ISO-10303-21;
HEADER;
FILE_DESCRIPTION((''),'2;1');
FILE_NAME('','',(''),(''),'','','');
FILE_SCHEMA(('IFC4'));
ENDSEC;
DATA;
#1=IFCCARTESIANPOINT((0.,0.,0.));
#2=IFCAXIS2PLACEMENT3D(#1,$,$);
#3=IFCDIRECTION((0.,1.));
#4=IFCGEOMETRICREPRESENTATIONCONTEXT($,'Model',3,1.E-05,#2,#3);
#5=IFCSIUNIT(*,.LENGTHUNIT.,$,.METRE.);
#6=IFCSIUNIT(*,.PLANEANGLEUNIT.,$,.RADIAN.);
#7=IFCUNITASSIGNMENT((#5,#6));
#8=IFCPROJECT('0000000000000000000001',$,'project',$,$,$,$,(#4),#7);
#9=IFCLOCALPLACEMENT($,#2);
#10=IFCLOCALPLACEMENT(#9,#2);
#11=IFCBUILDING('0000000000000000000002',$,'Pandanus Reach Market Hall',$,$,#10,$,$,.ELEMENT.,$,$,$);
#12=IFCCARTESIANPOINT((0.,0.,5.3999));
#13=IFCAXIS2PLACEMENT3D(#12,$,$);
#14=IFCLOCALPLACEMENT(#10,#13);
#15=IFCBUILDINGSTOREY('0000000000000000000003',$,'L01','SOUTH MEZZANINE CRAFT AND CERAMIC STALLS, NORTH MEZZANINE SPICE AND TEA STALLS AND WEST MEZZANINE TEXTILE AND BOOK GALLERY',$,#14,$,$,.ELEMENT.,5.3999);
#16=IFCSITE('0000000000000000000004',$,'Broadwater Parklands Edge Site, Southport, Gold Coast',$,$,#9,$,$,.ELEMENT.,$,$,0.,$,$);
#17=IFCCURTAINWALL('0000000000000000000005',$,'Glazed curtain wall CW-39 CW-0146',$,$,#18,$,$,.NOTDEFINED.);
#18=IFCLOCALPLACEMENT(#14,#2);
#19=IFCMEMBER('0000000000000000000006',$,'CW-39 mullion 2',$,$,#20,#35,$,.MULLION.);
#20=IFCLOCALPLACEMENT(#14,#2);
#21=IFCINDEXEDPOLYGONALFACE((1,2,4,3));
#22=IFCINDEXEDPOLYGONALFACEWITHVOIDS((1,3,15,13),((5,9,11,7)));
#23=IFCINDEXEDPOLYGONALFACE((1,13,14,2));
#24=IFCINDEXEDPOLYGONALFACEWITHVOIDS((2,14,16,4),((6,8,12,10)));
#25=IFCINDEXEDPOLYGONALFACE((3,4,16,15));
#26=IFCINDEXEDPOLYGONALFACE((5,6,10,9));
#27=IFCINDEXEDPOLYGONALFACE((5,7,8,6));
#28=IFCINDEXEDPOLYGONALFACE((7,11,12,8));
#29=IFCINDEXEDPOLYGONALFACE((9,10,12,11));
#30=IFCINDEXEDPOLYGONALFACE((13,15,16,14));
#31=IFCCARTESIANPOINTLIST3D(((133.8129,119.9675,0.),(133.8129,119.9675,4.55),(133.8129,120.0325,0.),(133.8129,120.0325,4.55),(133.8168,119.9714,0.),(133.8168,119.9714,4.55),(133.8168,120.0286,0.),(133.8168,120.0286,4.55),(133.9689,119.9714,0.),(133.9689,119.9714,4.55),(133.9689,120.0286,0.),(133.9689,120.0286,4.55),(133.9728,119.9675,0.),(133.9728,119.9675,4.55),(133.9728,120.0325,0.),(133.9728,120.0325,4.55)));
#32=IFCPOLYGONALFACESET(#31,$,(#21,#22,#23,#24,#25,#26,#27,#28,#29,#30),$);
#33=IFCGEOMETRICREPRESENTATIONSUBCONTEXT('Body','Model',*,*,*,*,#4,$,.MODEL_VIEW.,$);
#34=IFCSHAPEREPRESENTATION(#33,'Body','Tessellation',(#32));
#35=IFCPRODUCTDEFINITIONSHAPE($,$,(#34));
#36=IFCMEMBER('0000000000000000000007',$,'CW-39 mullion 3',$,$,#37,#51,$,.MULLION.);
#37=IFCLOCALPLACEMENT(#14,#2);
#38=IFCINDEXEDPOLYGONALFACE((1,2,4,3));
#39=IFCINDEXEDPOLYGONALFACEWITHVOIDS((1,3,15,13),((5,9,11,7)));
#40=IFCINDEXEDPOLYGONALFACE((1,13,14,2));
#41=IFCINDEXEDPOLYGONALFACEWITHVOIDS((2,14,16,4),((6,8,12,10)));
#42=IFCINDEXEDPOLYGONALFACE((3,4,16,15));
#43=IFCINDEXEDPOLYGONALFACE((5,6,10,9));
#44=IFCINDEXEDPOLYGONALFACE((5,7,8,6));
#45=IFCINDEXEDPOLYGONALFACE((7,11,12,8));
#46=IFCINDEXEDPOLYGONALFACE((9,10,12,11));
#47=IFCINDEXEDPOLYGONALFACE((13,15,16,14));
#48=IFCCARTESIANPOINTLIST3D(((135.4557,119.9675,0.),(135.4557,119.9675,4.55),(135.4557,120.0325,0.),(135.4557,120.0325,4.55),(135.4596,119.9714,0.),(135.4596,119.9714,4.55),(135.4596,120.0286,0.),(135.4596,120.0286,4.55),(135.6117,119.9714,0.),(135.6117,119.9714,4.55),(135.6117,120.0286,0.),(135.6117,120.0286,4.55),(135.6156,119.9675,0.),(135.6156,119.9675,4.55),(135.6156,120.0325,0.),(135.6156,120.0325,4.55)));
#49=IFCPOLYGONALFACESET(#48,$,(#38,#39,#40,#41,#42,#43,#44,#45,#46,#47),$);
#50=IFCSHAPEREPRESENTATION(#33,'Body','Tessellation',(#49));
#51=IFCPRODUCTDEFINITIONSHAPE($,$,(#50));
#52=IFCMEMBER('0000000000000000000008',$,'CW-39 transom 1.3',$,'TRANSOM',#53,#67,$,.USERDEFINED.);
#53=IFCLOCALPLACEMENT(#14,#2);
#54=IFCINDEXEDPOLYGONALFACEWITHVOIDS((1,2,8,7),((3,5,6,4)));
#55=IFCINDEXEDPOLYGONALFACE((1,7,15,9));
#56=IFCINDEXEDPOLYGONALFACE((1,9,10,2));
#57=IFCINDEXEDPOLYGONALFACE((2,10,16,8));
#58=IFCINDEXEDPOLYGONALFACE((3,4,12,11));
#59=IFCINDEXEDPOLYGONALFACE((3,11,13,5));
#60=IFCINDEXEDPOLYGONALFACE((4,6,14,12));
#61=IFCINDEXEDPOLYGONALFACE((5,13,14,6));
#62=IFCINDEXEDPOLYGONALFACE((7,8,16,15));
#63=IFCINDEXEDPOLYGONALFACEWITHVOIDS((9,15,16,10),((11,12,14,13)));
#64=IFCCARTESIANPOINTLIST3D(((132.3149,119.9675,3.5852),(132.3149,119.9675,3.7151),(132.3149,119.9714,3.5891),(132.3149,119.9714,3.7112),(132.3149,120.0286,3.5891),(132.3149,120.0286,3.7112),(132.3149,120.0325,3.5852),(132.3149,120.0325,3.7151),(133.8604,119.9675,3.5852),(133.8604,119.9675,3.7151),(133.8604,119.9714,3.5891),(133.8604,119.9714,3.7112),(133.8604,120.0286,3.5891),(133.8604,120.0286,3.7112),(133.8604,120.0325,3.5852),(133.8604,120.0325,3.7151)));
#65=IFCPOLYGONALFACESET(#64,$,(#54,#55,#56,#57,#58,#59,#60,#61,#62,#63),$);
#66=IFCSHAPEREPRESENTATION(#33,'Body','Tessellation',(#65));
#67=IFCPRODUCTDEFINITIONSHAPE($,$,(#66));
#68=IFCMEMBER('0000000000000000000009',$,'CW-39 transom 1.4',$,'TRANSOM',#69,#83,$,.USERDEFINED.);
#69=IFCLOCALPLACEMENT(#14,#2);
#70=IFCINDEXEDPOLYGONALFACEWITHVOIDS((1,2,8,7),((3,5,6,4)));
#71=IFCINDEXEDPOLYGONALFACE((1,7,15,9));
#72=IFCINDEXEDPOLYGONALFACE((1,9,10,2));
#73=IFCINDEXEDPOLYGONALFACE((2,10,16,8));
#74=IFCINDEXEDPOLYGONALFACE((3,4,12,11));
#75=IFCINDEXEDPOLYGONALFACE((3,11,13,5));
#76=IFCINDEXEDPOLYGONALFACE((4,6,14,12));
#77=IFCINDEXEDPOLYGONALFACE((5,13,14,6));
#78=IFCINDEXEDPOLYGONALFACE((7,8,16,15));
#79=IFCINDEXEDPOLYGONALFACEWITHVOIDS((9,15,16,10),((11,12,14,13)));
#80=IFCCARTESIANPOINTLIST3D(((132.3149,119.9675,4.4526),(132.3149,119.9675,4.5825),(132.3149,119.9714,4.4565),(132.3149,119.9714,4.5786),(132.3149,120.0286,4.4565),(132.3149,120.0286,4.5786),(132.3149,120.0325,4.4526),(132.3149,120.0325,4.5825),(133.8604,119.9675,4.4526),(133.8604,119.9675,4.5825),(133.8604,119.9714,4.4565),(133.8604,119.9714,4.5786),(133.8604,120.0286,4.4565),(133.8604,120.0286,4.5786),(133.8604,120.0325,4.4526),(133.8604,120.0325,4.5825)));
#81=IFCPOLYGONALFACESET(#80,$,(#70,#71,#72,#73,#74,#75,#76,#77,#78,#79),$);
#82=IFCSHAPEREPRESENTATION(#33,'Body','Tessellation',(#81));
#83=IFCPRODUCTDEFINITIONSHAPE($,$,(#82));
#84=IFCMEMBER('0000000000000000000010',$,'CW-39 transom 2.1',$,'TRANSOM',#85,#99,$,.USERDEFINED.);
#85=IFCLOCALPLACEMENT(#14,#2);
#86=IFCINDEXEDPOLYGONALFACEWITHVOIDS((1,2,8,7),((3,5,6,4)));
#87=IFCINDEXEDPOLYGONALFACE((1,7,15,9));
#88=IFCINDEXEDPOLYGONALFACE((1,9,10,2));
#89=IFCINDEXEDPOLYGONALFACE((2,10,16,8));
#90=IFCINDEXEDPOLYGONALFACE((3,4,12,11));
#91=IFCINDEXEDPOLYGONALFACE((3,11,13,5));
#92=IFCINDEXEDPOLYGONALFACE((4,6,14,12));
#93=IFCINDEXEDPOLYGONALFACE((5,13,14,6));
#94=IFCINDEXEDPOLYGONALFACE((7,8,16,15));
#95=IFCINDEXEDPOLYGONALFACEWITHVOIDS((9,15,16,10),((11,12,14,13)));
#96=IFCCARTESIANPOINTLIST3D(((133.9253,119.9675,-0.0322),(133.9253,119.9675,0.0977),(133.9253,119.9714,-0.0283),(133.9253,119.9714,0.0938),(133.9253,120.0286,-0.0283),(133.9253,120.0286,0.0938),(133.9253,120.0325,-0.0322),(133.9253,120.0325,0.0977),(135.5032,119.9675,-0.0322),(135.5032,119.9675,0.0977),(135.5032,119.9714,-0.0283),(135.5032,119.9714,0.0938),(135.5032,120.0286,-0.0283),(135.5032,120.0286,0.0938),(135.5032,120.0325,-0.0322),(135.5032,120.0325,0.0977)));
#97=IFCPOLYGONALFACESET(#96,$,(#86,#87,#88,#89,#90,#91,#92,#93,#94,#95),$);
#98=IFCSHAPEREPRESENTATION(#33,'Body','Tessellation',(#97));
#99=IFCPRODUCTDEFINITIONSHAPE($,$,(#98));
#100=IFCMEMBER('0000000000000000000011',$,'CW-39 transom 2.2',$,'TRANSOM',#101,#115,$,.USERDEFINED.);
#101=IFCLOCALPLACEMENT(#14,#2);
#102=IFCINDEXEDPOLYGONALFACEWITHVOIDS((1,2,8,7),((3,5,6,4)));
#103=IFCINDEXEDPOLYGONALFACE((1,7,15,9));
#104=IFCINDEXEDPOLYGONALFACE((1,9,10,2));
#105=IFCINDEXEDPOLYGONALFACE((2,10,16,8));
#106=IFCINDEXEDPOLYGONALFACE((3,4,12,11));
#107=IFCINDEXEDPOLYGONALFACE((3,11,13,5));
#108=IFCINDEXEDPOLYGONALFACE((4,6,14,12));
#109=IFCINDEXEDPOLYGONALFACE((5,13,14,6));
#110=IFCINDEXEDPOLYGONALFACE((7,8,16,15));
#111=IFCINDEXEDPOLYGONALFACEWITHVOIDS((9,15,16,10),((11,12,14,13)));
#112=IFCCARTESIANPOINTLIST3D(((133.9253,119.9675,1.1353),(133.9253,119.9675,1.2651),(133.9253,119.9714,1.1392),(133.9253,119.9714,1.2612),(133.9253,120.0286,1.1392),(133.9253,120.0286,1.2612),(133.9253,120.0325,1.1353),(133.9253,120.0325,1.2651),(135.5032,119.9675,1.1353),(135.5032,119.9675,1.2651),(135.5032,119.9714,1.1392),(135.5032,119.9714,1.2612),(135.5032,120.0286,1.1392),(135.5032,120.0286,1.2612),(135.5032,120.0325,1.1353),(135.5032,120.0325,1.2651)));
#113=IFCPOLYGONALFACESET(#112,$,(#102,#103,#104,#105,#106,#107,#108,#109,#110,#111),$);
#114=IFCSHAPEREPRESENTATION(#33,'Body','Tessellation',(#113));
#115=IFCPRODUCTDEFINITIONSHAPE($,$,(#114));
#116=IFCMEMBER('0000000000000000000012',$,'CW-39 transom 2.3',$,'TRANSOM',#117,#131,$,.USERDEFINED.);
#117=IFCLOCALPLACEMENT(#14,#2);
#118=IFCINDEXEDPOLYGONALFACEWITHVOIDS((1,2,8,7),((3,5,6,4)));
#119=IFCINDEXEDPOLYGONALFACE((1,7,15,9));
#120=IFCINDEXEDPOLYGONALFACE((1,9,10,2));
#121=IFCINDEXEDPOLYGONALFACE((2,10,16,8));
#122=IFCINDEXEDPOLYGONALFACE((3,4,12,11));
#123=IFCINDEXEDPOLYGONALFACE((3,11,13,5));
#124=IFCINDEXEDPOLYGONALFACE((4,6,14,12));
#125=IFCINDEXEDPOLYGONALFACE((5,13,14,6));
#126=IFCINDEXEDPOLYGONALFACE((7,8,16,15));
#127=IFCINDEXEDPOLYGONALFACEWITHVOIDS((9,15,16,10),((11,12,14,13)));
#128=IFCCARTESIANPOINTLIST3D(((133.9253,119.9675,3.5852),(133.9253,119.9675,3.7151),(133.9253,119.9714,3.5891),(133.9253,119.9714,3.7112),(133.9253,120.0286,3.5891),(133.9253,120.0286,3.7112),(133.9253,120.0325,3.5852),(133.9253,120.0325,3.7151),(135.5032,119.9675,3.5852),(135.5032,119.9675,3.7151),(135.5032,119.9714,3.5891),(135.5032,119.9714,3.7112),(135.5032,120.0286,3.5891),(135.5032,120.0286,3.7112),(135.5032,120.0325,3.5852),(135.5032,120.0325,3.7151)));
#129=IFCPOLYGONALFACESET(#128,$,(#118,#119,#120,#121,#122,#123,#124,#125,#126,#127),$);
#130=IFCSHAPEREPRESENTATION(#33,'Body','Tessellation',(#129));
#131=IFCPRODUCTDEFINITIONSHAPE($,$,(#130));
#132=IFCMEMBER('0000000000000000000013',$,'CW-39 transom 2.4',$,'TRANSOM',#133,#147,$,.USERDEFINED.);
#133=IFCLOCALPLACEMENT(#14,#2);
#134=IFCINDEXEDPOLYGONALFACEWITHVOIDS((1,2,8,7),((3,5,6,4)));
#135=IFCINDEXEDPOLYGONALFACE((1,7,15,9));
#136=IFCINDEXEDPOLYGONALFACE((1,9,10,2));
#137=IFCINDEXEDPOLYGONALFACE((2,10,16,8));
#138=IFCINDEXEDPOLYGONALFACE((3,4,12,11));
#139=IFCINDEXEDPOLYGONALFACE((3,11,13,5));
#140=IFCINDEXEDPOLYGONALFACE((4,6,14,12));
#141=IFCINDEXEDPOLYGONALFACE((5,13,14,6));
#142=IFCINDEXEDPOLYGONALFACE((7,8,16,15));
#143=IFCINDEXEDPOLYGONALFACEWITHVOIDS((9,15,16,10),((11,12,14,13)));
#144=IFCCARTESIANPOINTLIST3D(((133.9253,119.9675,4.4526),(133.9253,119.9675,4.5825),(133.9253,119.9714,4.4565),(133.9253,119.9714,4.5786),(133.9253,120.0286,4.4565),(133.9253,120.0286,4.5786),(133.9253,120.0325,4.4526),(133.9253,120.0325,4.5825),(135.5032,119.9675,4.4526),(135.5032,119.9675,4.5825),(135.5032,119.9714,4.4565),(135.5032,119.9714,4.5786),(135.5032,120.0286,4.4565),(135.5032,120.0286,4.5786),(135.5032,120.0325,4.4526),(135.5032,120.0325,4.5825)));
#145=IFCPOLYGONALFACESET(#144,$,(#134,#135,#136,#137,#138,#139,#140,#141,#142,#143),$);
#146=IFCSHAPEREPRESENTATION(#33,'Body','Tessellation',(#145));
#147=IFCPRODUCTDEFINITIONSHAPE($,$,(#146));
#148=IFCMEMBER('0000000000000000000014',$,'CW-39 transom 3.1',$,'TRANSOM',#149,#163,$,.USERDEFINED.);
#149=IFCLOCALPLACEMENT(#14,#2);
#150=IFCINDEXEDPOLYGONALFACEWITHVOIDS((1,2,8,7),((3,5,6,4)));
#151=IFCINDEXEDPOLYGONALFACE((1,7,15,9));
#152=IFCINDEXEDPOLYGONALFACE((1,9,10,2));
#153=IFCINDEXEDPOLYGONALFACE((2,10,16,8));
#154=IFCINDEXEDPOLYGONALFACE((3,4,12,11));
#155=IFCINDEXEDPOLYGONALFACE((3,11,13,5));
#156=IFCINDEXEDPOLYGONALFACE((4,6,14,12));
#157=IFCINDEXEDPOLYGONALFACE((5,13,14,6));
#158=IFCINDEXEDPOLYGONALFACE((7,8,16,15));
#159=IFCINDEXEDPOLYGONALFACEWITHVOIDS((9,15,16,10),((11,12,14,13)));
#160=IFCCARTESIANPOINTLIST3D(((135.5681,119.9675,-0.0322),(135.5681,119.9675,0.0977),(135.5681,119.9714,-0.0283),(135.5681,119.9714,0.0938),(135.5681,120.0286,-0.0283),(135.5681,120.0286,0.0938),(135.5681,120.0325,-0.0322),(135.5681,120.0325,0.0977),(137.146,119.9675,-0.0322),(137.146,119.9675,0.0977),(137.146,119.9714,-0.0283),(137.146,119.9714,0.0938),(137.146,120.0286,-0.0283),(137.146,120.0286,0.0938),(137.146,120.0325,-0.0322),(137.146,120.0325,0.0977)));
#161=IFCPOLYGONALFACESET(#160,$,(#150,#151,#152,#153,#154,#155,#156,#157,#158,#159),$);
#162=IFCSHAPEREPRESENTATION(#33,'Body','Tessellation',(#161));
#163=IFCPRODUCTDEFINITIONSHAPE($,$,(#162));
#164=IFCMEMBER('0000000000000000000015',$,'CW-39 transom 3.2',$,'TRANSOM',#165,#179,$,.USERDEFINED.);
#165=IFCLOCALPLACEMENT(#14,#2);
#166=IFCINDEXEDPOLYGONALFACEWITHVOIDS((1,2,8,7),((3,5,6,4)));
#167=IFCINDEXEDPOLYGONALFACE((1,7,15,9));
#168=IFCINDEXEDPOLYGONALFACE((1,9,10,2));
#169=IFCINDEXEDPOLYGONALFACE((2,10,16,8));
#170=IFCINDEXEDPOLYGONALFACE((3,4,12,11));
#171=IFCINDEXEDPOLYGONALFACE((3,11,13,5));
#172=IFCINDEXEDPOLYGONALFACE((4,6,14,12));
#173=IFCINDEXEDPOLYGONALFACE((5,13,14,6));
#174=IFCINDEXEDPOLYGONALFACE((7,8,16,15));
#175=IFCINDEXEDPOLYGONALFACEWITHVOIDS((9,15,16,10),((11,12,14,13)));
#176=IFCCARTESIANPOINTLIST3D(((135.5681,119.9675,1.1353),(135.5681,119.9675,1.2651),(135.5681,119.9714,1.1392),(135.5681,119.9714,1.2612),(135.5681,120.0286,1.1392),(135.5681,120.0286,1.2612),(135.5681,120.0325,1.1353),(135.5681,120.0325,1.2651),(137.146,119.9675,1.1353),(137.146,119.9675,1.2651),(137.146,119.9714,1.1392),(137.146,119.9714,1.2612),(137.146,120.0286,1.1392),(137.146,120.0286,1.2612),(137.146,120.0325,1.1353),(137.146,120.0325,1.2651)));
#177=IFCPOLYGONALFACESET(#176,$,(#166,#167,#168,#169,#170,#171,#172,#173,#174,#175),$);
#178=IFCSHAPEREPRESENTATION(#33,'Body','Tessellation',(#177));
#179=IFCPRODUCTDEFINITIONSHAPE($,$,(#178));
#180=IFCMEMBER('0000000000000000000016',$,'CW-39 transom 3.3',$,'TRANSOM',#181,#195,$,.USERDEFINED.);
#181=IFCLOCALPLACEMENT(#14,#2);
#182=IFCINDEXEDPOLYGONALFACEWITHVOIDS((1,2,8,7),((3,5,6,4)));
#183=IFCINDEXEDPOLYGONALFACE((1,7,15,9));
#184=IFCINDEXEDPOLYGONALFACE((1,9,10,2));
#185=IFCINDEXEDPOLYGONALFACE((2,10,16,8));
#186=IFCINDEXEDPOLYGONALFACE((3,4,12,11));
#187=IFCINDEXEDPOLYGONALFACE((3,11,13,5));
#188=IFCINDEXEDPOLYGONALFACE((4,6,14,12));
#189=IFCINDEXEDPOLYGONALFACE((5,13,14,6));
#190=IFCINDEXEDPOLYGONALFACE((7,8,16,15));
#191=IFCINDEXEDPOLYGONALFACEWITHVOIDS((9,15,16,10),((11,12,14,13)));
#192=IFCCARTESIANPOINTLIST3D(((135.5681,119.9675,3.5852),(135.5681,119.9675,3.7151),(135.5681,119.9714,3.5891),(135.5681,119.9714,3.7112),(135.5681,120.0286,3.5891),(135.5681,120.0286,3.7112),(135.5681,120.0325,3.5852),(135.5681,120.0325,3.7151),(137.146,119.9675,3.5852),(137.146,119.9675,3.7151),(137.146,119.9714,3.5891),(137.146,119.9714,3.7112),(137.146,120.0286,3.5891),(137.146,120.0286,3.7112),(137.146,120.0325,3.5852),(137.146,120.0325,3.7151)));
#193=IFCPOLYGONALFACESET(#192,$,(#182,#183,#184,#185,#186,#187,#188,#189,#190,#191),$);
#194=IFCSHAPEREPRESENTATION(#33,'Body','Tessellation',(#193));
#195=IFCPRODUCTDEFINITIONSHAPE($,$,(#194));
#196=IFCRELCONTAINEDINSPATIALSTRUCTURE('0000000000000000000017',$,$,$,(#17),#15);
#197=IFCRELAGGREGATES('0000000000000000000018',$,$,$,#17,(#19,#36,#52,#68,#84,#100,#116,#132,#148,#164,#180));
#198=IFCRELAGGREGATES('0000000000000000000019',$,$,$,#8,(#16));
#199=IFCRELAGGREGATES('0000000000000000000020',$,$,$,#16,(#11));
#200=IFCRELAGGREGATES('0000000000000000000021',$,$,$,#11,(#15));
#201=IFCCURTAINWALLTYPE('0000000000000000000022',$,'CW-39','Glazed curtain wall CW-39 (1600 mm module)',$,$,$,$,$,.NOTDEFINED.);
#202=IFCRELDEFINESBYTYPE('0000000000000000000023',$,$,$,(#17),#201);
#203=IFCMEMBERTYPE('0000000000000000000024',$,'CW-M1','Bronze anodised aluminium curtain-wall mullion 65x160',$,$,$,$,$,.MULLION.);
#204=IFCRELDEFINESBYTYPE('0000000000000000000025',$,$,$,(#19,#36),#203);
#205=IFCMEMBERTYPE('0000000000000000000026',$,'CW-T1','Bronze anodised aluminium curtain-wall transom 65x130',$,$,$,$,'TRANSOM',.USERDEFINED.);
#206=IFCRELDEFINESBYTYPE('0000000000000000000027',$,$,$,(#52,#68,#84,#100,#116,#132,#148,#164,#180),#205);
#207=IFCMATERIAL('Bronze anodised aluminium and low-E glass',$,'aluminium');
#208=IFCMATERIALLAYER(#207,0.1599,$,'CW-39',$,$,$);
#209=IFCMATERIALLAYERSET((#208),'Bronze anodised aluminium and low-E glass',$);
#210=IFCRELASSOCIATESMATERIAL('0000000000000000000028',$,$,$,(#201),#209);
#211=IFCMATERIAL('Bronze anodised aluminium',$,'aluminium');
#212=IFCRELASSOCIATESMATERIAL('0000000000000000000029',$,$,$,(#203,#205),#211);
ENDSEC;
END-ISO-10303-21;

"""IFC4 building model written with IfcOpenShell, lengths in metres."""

from ifc_helpers import new_model, si_unit, direction, frame, origin, origin_2d, place, context, subcontext, project, spatial, hollow_rectangle, extrude, material, layer, layer_set, material_profile, profile_set, type_object, element, aggregate, save


model = new_model("IFC4")

# Units and contexts
model_context = context("Model", 3, precision=1e-05, world=origin(), true_north=direction((0.0, 1.0)))
body_context = subcontext(model_context, "Body", "Model", "MODEL_VIEW")
ifc_project = project(units=[si_unit("LENGTHUNIT", "METRE"), si_unit("PLANEANGLEUNIT", "RADIAN")], contexts=[model_context])

# Site, building, storey
site_placement = place(None, origin())
site = spatial("IfcSite", under=ifc_project, at=site_placement, Name="Broadwater Parklands Edge Site, Southport, Gold Coast", CompositionType="ELEMENT", RefElevation=0.0)
building_placement = place(site_placement, origin())
building = spatial("IfcBuilding", under=site, at=building_placement, Name="Pandanus Reach Market Hall", CompositionType="ELEMENT")
storey_placement = place(building_placement, frame((0.0, 0.0, 5.3999)))
storey = spatial("IfcBuildingStorey", under=building, at=storey_placement, Name="L01", Description="SOUTH MEZZANINE CRAFT AND CERAMIC STALLS, NORTH MEZZANINE SPICE AND TEA STALLS AND WEST MEZZANINE TEXTILE AND BOOK GALLERY", CompositionType="ELEMENT", Elevation=5.3999)

# Curtain wall, members
ifc_material_1 = material(Name="Bronze anodised aluminium and low-E glass", Category="aluminium")
ifc_layer_1 = layer(ifc_material_1, 0.1599, Name="CW-39")
ifc_layer_set_1 = layer_set([ifc_layer_1], Name="Bronze anodised aluminium and low-E glass")
curtain_wall_type = type_object("IfcCurtainWallType", Name="CW-39", Description="Glazed curtain wall CW-39 (1600 mm module)", PredefinedType="NOTDEFINED", material=ifc_layer_set_1)
curtain_wall_placement = place(storey_placement, origin())
curtain_wall = element("IfcCurtainWall", 1, at=curtain_wall_placement, inside=storey, type_object=curtain_wall_type, Name="Glazed curtain wall CW-39 CW-0146", PredefinedType="NOTDEFINED")
ifc_material_2 = material(Name="Bronze anodised aluminium", Category="aluminium")
ifc_material_profile_1 = material_profile(ifc_material_2, hollow_rectangle(XDim=0.0649, YDim=0.1599, WallThickness=0.0039, at=origin_2d()), Name="ALU65x160", Category="LoadBearing")
ifc_profile_set_1 = profile_set([ifc_material_profile_1], Name="Bronze anodised aluminium")
member_type_1 = type_object("IfcMemberType", Name="CW-M1", Description="Bronze anodised aluminium curtain-wall mullion 65x160", PredefinedType="MULLION", material=ifc_profile_set_1)
member_1_placement = place(storey_placement, frame((133.8928, 120.0, 0.0), z_axis=(0.0, 0.0, 1.0), x_axis=(0.0, 1.0, 0.0)))
member_1 = element("IfcMember", 2, at=member_1_placement, type_object=member_type_1, Name="CW-39 mullion 2", PredefinedType="MULLION", context=body_context, shape_type="SweptSolid", body=[
    extrude(hollow_rectangle(XDim=0.0649, YDim=0.1599, WallThickness=0.0039, at=origin_2d()), origin(), (0.0, 0.0, 1.0), 4.55),
])
member_2_placement = place(storey_placement, frame((135.5356, 120.0, 0.0), z_axis=(0.0, 0.0, 1.0), x_axis=(0.0, 1.0, 0.0)))
member_2 = element("IfcMember", 3, at=member_2_placement, type_object=member_type_1, Name="CW-39 mullion 3", PredefinedType="MULLION", context=body_context, shape_type="SweptSolid", body=[
    extrude(hollow_rectangle(XDim=0.0649, YDim=0.1599, WallThickness=0.0039, at=origin_2d()), origin(), (0.0, 0.0, 1.0), 4.55),
])
ifc_material_profile_2 = material_profile(ifc_material_2, hollow_rectangle(XDim=0.0649, YDim=0.1299, WallThickness=0.0039, at=origin_2d()), Name="ALU65x130", Category="LoadBearing")
ifc_profile_set_2 = profile_set([ifc_material_profile_2], Name="Bronze anodised aluminium")
member_type_2 = type_object("IfcMemberType", Name="CW-T1", Description="Bronze anodised aluminium curtain-wall transom 65x130", ElementType="TRANSOM", PredefinedType="USERDEFINED", material=ifc_profile_set_2)
member_3_placement = place(storey_placement, frame((132.3149, 120.0, 3.6501), z_axis=(1.0, 0.0, 0.0), x_axis=(0.0, 1.0, 0.0)))
member_3 = element("IfcMember", 4, at=member_3_placement, type_object=member_type_2, Name="CW-39 transom 1.3", ObjectType="TRANSOM", PredefinedType="USERDEFINED", context=body_context, shape_type="SweptSolid", body=[
    extrude(hollow_rectangle(XDim=0.0649, YDim=0.1299, WallThickness=0.0039, at=origin_2d()), origin(), (0.0, 0.0, 1.0), 1.5454),
])
member_4_placement = place(storey_placement, frame((132.3149, 120.0, 4.5176), z_axis=(1.0, 0.0, 0.0), x_axis=(0.0, 1.0, 0.0)))
member_4 = element("IfcMember", 5, at=member_4_placement, type_object=member_type_2, Name="CW-39 transom 1.4", ObjectType="TRANSOM", PredefinedType="USERDEFINED", context=body_context, shape_type="SweptSolid", body=[
    extrude(hollow_rectangle(XDim=0.0649, YDim=0.1299, WallThickness=0.0039, at=origin_2d()), origin(), (0.0, 0.0, 1.0), 1.5454),
])
member_5_placement = place(storey_placement, frame((133.9253, 120.0, 0.0327), z_axis=(1.0, 0.0, 0.0), x_axis=(0.0, 1.0, 0.0)))
member_5 = element("IfcMember", 6, at=member_5_placement, type_object=member_type_2, Name="CW-39 transom 2.1", ObjectType="TRANSOM", PredefinedType="USERDEFINED", context=body_context, shape_type="SweptSolid", body=[
    extrude(hollow_rectangle(XDim=0.0649, YDim=0.1299, WallThickness=0.0039, at=origin_2d()), origin(), (0.0, 0.0, 1.0), 1.5779),
])
member_6_placement = place(storey_placement, frame((133.9253, 120.0, 1.2002), z_axis=(1.0, 0.0, 0.0), x_axis=(0.0, 1.0, 0.0)))
member_6 = element("IfcMember", 7, at=member_6_placement, type_object=member_type_2, Name="CW-39 transom 2.2", ObjectType="TRANSOM", PredefinedType="USERDEFINED", context=body_context, shape_type="SweptSolid", body=[
    extrude(hollow_rectangle(XDim=0.0649, YDim=0.1299, WallThickness=0.0039, at=origin_2d()), origin(), (0.0, 0.0, 1.0), 1.5779),
])
member_7_placement = place(storey_placement, frame((133.9253, 120.0, 3.6501), z_axis=(1.0, 0.0, 0.0), x_axis=(0.0, 1.0, 0.0)))
member_7 = element("IfcMember", 8, at=member_7_placement, type_object=member_type_2, Name="CW-39 transom 2.3", ObjectType="TRANSOM", PredefinedType="USERDEFINED", context=body_context, shape_type="SweptSolid", body=[
    extrude(hollow_rectangle(XDim=0.0649, YDim=0.1299, WallThickness=0.0039, at=origin_2d()), origin(), (0.0, 0.0, 1.0), 1.5779),
])
member_8_placement = place(storey_placement, frame((133.9253, 120.0, 4.5176), z_axis=(1.0, 0.0, 0.0), x_axis=(0.0, 1.0, 0.0)))
member_8 = element("IfcMember", 9, at=member_8_placement, type_object=member_type_2, Name="CW-39 transom 2.4", ObjectType="TRANSOM", PredefinedType="USERDEFINED", context=body_context, shape_type="SweptSolid", body=[
    extrude(hollow_rectangle(XDim=0.0649, YDim=0.1299, WallThickness=0.0039, at=origin_2d()), origin(), (0.0, 0.0, 1.0), 1.5779),
])
member_9_placement = place(storey_placement, frame((135.5681, 120.0, 0.0327), z_axis=(1.0, 0.0, 0.0), x_axis=(0.0, 1.0, 0.0)))
member_9 = element("IfcMember", 10, at=member_9_placement, type_object=member_type_2, Name="CW-39 transom 3.1", ObjectType="TRANSOM", PredefinedType="USERDEFINED", context=body_context, shape_type="SweptSolid", body=[
    extrude(hollow_rectangle(XDim=0.0649, YDim=0.1299, WallThickness=0.0039, at=origin_2d()), origin(), (0.0, 0.0, 1.0), 1.5779),
])
member_10_placement = place(storey_placement, frame((135.5681, 120.0, 1.2002), z_axis=(1.0, 0.0, 0.0), x_axis=(0.0, 1.0, 0.0)))
member_10 = element("IfcMember", 11, at=member_10_placement, type_object=member_type_2, Name="CW-39 transom 3.2", ObjectType="TRANSOM", PredefinedType="USERDEFINED", context=body_context, shape_type="SweptSolid", body=[
    extrude(hollow_rectangle(XDim=0.0649, YDim=0.1299, WallThickness=0.0039, at=origin_2d()), origin(), (0.0, 0.0, 1.0), 1.5779),
])
member_11_placement = place(storey_placement, frame((135.5681, 120.0, 3.6501), z_axis=(1.0, 0.0, 0.0), x_axis=(0.0, 1.0, 0.0)))
member_11 = element("IfcMember", 12, at=member_11_placement, type_object=member_type_2, Name="CW-39 transom 3.3", ObjectType="TRANSOM", PredefinedType="USERDEFINED", context=body_context, shape_type="SweptSolid", body=[
    extrude(hollow_rectangle(XDim=0.0649, YDim=0.1299, WallThickness=0.0039, at=origin_2d()), origin(), (0.0, 0.0, 1.0), 1.5779),
])

aggregate(curtain_wall, [member_1, member_2, member_3, member_4, member_5, member_6, member_7, member_8, member_9, member_10, member_11])

save(model, "model.ifc")
